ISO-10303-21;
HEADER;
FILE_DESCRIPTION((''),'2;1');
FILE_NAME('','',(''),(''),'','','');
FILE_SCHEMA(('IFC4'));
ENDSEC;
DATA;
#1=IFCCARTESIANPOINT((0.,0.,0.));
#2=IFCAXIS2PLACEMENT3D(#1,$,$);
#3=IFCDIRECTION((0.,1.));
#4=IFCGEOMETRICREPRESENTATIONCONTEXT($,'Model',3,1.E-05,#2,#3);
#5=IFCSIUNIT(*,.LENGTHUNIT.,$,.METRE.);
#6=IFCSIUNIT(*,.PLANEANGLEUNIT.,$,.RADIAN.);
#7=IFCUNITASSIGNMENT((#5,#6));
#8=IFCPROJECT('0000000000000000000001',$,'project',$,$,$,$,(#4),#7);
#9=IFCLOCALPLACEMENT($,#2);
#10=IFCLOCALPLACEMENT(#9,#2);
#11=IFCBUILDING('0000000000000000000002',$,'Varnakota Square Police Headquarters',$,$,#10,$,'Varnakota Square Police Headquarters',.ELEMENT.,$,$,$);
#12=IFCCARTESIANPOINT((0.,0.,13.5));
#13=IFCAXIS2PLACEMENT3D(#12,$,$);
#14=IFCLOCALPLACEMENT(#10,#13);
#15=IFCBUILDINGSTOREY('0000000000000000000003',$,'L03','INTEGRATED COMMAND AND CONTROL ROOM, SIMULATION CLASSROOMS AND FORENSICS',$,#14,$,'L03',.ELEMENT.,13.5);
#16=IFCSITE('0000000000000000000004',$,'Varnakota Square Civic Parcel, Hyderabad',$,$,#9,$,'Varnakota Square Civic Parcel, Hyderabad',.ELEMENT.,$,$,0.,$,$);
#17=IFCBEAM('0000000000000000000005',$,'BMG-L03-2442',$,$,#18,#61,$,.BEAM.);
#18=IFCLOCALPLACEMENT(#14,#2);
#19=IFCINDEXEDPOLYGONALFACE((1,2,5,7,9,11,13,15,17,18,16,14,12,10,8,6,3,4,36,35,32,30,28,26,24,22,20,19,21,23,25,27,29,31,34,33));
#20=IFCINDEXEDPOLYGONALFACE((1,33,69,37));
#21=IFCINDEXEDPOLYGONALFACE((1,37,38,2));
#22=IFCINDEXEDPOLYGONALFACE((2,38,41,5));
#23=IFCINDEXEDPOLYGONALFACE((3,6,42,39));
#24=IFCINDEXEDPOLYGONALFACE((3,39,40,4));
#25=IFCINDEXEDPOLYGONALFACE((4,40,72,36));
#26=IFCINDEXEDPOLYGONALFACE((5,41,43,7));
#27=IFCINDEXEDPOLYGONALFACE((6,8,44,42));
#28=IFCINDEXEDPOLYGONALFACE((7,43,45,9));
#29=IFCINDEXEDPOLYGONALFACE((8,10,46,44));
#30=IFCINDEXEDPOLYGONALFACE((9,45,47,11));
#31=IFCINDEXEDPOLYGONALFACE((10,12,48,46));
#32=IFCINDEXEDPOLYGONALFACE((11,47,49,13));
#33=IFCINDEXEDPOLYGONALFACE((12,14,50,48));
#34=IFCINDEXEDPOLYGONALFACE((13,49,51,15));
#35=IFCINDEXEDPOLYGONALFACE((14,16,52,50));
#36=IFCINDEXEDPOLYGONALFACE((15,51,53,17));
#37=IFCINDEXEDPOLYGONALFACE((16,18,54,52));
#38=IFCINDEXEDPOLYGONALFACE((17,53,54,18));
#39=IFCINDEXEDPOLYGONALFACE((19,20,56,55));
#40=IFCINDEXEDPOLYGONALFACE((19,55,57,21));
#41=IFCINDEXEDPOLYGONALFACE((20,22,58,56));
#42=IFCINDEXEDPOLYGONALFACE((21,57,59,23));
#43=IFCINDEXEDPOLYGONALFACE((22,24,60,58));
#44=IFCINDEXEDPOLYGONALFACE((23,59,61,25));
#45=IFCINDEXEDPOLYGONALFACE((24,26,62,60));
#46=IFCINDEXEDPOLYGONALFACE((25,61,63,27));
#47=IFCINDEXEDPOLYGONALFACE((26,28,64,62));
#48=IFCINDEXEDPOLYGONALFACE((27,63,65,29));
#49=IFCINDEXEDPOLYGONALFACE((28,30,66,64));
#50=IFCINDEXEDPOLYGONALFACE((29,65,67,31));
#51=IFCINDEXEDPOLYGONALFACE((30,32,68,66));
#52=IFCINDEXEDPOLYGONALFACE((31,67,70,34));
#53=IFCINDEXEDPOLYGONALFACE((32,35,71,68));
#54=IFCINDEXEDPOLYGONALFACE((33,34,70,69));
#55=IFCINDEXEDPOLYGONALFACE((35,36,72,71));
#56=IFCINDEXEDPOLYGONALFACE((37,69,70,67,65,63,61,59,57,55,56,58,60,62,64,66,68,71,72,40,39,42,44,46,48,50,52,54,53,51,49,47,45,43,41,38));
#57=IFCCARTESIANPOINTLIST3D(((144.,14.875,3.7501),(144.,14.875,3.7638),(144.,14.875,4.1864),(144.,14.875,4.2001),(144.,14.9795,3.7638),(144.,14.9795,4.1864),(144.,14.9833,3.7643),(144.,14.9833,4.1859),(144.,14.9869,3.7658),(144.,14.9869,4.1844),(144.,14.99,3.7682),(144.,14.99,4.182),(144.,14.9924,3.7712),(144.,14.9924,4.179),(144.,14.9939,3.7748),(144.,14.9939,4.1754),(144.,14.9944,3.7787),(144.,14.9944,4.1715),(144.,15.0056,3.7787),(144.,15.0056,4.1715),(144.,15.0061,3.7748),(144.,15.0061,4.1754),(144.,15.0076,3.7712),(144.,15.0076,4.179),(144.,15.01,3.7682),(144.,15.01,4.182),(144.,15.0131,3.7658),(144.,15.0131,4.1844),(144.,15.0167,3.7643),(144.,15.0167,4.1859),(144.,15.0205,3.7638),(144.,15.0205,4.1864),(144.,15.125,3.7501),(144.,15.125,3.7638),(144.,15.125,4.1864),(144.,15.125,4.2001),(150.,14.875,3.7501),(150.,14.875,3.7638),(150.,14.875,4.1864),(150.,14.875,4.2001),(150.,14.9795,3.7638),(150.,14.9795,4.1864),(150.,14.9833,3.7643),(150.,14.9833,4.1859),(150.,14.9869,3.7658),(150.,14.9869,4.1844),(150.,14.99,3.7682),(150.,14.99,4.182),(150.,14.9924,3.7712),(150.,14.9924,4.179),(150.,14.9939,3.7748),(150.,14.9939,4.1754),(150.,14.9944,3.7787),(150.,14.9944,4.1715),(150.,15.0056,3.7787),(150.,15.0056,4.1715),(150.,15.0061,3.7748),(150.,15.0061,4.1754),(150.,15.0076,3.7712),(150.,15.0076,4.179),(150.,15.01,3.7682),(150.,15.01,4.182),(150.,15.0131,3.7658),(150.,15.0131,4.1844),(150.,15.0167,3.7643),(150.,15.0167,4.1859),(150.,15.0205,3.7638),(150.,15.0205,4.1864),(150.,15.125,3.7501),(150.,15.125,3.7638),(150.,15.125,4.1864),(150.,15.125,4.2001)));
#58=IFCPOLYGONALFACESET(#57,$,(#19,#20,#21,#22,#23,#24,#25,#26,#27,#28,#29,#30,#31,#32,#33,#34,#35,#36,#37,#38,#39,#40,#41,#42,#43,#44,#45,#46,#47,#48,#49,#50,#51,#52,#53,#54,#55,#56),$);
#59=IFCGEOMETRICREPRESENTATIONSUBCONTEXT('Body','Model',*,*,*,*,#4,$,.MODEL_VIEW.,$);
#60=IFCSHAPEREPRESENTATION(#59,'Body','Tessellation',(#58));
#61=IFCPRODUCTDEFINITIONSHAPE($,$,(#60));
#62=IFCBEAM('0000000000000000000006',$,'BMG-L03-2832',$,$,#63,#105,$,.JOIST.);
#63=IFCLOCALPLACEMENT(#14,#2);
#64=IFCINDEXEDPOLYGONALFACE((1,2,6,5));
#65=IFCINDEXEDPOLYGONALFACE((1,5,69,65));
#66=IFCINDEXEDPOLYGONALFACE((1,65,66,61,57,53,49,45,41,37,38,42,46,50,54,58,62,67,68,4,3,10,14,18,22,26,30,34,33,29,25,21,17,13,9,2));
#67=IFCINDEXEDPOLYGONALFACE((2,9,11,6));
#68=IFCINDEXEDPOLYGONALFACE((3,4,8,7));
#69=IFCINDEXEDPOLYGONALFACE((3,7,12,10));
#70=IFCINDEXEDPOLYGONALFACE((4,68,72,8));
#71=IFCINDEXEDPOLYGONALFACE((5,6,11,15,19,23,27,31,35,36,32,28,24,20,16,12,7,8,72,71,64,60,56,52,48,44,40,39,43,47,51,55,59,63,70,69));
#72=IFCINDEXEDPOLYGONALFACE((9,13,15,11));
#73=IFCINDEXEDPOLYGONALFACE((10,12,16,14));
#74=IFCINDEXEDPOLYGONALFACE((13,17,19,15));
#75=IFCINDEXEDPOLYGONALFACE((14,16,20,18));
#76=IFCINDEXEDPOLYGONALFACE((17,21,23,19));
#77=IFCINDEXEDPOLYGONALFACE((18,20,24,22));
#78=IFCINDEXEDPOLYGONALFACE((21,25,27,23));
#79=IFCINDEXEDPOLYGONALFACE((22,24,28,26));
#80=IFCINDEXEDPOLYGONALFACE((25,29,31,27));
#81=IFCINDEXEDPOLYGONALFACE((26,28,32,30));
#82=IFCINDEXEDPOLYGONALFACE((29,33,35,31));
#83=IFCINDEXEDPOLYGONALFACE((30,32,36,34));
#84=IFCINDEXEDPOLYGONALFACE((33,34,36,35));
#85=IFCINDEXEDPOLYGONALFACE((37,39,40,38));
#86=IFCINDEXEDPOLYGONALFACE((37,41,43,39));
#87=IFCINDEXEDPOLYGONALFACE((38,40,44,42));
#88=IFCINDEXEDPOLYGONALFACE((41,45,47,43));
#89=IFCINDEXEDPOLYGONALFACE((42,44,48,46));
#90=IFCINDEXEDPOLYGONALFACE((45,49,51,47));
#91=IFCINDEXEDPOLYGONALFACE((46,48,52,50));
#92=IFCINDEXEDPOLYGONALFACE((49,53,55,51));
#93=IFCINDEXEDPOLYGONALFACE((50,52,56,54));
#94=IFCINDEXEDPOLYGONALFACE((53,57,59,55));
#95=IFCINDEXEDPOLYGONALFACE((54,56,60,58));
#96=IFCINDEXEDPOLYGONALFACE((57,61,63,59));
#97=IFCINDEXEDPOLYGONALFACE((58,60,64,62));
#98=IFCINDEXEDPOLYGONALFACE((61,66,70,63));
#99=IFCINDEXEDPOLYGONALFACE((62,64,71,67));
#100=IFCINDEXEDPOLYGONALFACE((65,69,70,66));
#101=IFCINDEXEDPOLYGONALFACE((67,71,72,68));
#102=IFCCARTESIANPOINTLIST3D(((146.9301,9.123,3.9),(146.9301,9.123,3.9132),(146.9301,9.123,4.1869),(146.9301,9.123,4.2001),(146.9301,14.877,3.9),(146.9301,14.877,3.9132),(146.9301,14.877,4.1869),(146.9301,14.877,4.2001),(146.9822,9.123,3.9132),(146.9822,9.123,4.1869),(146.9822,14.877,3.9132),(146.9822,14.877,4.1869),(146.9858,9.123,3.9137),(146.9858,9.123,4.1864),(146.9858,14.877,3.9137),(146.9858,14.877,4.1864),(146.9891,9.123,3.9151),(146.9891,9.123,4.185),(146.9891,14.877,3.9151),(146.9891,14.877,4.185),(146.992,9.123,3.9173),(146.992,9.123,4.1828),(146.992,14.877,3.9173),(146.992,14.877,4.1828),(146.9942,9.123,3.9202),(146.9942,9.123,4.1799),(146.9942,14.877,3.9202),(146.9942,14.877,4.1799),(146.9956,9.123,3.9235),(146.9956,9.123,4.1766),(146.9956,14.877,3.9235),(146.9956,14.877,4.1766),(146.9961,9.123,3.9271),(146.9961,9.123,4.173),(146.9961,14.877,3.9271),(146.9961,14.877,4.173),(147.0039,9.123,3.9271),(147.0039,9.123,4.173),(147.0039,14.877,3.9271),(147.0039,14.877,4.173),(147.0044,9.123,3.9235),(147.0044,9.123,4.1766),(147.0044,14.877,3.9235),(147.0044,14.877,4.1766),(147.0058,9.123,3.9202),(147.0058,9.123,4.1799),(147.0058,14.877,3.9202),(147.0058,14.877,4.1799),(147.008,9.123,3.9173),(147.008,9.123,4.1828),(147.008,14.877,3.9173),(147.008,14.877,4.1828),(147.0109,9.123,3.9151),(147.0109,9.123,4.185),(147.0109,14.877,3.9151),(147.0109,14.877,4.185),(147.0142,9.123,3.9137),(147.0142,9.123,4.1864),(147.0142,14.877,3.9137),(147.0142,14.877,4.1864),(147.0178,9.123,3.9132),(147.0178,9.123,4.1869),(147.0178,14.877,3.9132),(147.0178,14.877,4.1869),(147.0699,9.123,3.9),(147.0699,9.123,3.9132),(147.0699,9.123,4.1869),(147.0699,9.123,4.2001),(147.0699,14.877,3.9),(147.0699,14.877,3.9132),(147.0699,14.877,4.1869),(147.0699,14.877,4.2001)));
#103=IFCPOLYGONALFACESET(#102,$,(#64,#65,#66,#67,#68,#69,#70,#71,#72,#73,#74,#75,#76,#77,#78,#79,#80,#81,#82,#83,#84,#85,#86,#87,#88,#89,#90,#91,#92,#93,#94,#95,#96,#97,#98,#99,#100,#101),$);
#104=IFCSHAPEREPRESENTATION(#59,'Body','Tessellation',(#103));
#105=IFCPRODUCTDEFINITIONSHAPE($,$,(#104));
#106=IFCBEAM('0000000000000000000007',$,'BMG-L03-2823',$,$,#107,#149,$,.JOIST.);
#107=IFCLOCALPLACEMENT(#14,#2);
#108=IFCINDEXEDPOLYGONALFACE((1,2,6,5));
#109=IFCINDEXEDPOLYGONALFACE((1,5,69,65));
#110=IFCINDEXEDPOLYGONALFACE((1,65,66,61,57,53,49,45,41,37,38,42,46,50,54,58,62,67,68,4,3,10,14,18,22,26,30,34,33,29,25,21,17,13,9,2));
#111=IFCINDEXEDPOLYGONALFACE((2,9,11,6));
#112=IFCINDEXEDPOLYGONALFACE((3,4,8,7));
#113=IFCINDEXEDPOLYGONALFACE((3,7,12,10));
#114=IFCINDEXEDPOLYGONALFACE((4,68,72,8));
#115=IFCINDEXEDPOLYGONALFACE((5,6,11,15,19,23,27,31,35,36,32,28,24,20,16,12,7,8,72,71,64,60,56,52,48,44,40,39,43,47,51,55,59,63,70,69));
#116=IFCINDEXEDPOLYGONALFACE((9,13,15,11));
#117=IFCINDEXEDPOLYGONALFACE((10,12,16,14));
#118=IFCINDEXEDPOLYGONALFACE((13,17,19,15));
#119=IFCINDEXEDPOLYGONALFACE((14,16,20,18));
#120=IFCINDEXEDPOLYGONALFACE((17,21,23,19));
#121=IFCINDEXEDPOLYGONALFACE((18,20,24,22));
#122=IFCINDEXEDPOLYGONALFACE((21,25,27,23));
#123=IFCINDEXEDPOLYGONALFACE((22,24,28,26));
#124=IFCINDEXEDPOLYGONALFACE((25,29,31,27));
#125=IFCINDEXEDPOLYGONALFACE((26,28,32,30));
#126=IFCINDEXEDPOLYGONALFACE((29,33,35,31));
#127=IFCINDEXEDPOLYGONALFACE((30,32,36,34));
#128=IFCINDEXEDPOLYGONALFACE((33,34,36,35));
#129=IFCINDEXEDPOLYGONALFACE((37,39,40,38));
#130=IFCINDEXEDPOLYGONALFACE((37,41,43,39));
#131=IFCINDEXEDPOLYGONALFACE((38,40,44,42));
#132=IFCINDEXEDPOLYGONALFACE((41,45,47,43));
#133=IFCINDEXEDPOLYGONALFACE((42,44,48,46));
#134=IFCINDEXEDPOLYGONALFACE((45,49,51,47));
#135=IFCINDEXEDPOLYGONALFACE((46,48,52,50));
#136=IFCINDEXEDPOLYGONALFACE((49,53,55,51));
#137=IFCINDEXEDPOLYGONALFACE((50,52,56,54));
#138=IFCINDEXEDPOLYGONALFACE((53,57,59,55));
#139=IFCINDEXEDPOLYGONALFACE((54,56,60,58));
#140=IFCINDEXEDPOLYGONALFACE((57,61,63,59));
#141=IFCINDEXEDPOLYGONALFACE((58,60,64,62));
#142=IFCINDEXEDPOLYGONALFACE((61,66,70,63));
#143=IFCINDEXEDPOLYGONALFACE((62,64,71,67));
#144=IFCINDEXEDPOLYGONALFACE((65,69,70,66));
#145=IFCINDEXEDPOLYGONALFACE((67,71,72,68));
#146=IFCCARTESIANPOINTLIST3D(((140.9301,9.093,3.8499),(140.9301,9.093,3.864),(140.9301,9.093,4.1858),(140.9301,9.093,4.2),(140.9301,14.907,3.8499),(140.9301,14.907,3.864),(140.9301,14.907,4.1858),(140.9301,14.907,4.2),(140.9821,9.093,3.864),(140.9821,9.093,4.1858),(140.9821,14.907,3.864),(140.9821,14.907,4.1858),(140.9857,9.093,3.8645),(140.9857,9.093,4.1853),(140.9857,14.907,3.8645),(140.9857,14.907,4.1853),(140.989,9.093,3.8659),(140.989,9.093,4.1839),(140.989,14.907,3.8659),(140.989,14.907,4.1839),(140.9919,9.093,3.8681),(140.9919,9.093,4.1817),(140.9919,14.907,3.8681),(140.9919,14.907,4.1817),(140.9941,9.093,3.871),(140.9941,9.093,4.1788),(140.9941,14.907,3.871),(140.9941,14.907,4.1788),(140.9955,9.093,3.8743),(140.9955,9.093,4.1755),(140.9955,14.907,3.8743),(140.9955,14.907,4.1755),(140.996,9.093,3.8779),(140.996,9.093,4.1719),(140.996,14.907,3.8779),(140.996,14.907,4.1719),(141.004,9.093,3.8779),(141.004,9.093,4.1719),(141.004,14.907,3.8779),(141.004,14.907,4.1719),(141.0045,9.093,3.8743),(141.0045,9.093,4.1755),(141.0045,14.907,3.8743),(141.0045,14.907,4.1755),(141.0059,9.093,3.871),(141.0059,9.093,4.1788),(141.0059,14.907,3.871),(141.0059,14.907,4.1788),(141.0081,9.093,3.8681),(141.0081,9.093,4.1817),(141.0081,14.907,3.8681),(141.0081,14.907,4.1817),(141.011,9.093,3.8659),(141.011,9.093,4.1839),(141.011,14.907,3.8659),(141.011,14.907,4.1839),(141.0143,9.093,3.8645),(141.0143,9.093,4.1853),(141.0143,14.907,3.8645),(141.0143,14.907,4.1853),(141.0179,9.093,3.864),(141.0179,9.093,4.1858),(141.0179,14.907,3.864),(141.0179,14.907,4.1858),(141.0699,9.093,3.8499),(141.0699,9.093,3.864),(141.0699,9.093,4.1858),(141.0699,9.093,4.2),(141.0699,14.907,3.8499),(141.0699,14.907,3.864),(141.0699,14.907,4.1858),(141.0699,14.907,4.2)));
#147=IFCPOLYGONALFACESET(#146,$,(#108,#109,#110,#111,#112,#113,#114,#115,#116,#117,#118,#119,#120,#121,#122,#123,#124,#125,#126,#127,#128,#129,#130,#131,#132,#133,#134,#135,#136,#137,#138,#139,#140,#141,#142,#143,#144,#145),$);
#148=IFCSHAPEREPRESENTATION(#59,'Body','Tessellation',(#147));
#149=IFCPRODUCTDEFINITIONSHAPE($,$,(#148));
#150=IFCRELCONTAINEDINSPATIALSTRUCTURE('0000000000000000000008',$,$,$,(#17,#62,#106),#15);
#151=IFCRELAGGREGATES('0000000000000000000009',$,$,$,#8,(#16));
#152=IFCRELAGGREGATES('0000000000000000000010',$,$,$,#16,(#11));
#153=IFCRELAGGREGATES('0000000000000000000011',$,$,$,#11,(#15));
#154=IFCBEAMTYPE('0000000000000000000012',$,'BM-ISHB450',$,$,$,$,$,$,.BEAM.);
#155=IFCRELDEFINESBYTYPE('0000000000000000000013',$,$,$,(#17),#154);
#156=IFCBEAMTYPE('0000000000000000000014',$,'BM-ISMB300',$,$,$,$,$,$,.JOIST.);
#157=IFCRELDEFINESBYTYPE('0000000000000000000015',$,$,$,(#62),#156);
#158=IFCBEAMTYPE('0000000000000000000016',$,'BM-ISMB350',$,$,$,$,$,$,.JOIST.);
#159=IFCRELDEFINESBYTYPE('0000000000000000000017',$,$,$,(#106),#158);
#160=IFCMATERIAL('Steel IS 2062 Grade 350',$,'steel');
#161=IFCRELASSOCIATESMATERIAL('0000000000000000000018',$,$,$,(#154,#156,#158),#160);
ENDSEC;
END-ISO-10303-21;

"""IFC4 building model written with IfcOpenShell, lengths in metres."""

from ifc_helpers import new_model, si_unit, direction, frame, origin, origin_2d, place, context, subcontext, project, spatial, i_section, extrude, material, material_profile, profile_set, type_object, element, save


model = new_model("IFC4")

# Units and contexts
model_context = context("Model", 3, precision=1e-05, world=origin(), true_north=direction((0.0, 1.0)))
body_context = subcontext(model_context, "Body", "Model", "MODEL_VIEW")
ifc_project = project(units=[si_unit("LENGTHUNIT", "METRE"), si_unit("PLANEANGLEUNIT", "RADIAN")], contexts=[model_context])

# Site, building, storey
site_placement = place(None, origin())
site = spatial("IfcSite", under=ifc_project, at=site_placement, Name="Varnakota Square Civic Parcel, Hyderabad", LongName="Varnakota Square Civic Parcel, Hyderabad", CompositionType="ELEMENT", RefElevation=0.0)
building_placement = place(site_placement, origin())
building = spatial("IfcBuilding", under=site, at=building_placement, Name="Varnakota Square Police Headquarters", LongName="Varnakota Square Police Headquarters", CompositionType="ELEMENT")
storey_placement = place(building_placement, frame((0.0, 0.0, 13.5)))
storey = spatial("IfcBuildingStorey", under=building, at=storey_placement, Name="L03", Description="INTEGRATED COMMAND AND CONTROL ROOM, SIMULATION CLASSROOMS AND FORENSICS", LongName="L03", CompositionType="ELEMENT", Elevation=13.5)

# Shared definitions
ifc_material_1 = material(Name="Steel IS 2062 Grade 350", Category="steel")

# Beams
ifc_material_profile_1 = material_profile(ifc_material_1, i_section(OverallWidth=0.25, OverallDepth=0.45, WebThickness=0.0112, FlangeThickness=0.0137, FilletRadius=0.0149, at=origin_2d()), Name="ISHB 450")
ifc_profile_set_1 = profile_set([ifc_material_profile_1], Name="Steel IS 2062 Grade 350")
beam_type_1 = type_object("IfcBeamType", Name="BM-ISHB450", PredefinedType="BEAM", material=ifc_profile_set_1)
for number, where, z_axis, x_axis, name in (
    (1, (144.0, 15.0, 3.9751), (1.0, 0.0, 0.0), (0.0, 1.0, 0.0), "BMG-L03-2442"),
):
    element("IfcBeam", number, at=place(storey_placement, frame(where, z_axis=z_axis, x_axis=x_axis)), inside=storey, type_object=beam_type_1, Name=name, PredefinedType="BEAM", context=body_context, shape_type="SweptSolid", body=[
        extrude(i_section(OverallWidth=0.25, OverallDepth=0.45, WebThickness=0.0112, FlangeThickness=0.0137, FilletRadius=0.0149, at=origin_2d()), origin(), (0.0, 0.0, 1.0), 6.0),
    ])
ifc_material_profile_2 = material_profile(ifc_material_1, i_section(OverallWidth=0.1399, OverallDepth=0.3, WebThickness=0.0078, FlangeThickness=0.0132, FilletRadius=0.0139, at=origin_2d()), Name="ISMB 300")
ifc_profile_set_2 = profile_set([ifc_material_profile_2], Name="Steel IS 2062 Grade 350")
beam_type_2 = type_object("IfcBeamType", Name="BM-ISMB300", PredefinedType="JOIST", material=ifc_profile_set_2)
beam_1_placement = place(storey_placement, frame((147.0, 9.123, 4.05), z_axis=(0.0, 1.0, 0.0), x_axis=(-1.0, 0.0, 0.0)))
element("IfcBeam", 2, at=beam_1_placement, inside=storey, type_object=beam_type_2, Name="BMG-L03-2832", PredefinedType="JOIST", context=body_context, shape_type="SweptSolid", body=[
    extrude(i_section(OverallWidth=0.1399, OverallDepth=0.3, WebThickness=0.0078, FlangeThickness=0.0132, FilletRadius=0.0139, at=origin_2d()), origin(), (0.0, 0.0, 1.0), 5.7539),
])
ifc_material_profile_3 = material_profile(ifc_material_1, i_section(OverallWidth=0.1399, OverallDepth=0.3501, WebThickness=0.0081, FlangeThickness=0.0142, FilletRadius=0.0139, at=origin_2d()), Name="ISMB 350")
ifc_profile_set_3 = profile_set([ifc_material_profile_3], Name="Steel IS 2062 Grade 350")
beam_type_3 = type_object("IfcBeamType", Name="BM-ISMB350", PredefinedType="JOIST", material=ifc_profile_set_3)
beam_2_placement = place(storey_placement, frame((141.0, 9.093, 4.0249), z_axis=(0.0, 1.0, 0.0), x_axis=(-1.0, 0.0, 0.0)))
element("IfcBeam", 3, at=beam_2_placement, inside=storey, type_object=beam_type_3, Name="BMG-L03-2823", PredefinedType="JOIST", context=body_context, shape_type="SweptSolid", body=[
    extrude(i_section(OverallWidth=0.1399, OverallDepth=0.3501, WebThickness=0.0081, FlangeThickness=0.0142, FilletRadius=0.0139, at=origin_2d()), origin(), (0.0, 0.0, 1.0), 5.814),
])

save(model, "model.ifc")
